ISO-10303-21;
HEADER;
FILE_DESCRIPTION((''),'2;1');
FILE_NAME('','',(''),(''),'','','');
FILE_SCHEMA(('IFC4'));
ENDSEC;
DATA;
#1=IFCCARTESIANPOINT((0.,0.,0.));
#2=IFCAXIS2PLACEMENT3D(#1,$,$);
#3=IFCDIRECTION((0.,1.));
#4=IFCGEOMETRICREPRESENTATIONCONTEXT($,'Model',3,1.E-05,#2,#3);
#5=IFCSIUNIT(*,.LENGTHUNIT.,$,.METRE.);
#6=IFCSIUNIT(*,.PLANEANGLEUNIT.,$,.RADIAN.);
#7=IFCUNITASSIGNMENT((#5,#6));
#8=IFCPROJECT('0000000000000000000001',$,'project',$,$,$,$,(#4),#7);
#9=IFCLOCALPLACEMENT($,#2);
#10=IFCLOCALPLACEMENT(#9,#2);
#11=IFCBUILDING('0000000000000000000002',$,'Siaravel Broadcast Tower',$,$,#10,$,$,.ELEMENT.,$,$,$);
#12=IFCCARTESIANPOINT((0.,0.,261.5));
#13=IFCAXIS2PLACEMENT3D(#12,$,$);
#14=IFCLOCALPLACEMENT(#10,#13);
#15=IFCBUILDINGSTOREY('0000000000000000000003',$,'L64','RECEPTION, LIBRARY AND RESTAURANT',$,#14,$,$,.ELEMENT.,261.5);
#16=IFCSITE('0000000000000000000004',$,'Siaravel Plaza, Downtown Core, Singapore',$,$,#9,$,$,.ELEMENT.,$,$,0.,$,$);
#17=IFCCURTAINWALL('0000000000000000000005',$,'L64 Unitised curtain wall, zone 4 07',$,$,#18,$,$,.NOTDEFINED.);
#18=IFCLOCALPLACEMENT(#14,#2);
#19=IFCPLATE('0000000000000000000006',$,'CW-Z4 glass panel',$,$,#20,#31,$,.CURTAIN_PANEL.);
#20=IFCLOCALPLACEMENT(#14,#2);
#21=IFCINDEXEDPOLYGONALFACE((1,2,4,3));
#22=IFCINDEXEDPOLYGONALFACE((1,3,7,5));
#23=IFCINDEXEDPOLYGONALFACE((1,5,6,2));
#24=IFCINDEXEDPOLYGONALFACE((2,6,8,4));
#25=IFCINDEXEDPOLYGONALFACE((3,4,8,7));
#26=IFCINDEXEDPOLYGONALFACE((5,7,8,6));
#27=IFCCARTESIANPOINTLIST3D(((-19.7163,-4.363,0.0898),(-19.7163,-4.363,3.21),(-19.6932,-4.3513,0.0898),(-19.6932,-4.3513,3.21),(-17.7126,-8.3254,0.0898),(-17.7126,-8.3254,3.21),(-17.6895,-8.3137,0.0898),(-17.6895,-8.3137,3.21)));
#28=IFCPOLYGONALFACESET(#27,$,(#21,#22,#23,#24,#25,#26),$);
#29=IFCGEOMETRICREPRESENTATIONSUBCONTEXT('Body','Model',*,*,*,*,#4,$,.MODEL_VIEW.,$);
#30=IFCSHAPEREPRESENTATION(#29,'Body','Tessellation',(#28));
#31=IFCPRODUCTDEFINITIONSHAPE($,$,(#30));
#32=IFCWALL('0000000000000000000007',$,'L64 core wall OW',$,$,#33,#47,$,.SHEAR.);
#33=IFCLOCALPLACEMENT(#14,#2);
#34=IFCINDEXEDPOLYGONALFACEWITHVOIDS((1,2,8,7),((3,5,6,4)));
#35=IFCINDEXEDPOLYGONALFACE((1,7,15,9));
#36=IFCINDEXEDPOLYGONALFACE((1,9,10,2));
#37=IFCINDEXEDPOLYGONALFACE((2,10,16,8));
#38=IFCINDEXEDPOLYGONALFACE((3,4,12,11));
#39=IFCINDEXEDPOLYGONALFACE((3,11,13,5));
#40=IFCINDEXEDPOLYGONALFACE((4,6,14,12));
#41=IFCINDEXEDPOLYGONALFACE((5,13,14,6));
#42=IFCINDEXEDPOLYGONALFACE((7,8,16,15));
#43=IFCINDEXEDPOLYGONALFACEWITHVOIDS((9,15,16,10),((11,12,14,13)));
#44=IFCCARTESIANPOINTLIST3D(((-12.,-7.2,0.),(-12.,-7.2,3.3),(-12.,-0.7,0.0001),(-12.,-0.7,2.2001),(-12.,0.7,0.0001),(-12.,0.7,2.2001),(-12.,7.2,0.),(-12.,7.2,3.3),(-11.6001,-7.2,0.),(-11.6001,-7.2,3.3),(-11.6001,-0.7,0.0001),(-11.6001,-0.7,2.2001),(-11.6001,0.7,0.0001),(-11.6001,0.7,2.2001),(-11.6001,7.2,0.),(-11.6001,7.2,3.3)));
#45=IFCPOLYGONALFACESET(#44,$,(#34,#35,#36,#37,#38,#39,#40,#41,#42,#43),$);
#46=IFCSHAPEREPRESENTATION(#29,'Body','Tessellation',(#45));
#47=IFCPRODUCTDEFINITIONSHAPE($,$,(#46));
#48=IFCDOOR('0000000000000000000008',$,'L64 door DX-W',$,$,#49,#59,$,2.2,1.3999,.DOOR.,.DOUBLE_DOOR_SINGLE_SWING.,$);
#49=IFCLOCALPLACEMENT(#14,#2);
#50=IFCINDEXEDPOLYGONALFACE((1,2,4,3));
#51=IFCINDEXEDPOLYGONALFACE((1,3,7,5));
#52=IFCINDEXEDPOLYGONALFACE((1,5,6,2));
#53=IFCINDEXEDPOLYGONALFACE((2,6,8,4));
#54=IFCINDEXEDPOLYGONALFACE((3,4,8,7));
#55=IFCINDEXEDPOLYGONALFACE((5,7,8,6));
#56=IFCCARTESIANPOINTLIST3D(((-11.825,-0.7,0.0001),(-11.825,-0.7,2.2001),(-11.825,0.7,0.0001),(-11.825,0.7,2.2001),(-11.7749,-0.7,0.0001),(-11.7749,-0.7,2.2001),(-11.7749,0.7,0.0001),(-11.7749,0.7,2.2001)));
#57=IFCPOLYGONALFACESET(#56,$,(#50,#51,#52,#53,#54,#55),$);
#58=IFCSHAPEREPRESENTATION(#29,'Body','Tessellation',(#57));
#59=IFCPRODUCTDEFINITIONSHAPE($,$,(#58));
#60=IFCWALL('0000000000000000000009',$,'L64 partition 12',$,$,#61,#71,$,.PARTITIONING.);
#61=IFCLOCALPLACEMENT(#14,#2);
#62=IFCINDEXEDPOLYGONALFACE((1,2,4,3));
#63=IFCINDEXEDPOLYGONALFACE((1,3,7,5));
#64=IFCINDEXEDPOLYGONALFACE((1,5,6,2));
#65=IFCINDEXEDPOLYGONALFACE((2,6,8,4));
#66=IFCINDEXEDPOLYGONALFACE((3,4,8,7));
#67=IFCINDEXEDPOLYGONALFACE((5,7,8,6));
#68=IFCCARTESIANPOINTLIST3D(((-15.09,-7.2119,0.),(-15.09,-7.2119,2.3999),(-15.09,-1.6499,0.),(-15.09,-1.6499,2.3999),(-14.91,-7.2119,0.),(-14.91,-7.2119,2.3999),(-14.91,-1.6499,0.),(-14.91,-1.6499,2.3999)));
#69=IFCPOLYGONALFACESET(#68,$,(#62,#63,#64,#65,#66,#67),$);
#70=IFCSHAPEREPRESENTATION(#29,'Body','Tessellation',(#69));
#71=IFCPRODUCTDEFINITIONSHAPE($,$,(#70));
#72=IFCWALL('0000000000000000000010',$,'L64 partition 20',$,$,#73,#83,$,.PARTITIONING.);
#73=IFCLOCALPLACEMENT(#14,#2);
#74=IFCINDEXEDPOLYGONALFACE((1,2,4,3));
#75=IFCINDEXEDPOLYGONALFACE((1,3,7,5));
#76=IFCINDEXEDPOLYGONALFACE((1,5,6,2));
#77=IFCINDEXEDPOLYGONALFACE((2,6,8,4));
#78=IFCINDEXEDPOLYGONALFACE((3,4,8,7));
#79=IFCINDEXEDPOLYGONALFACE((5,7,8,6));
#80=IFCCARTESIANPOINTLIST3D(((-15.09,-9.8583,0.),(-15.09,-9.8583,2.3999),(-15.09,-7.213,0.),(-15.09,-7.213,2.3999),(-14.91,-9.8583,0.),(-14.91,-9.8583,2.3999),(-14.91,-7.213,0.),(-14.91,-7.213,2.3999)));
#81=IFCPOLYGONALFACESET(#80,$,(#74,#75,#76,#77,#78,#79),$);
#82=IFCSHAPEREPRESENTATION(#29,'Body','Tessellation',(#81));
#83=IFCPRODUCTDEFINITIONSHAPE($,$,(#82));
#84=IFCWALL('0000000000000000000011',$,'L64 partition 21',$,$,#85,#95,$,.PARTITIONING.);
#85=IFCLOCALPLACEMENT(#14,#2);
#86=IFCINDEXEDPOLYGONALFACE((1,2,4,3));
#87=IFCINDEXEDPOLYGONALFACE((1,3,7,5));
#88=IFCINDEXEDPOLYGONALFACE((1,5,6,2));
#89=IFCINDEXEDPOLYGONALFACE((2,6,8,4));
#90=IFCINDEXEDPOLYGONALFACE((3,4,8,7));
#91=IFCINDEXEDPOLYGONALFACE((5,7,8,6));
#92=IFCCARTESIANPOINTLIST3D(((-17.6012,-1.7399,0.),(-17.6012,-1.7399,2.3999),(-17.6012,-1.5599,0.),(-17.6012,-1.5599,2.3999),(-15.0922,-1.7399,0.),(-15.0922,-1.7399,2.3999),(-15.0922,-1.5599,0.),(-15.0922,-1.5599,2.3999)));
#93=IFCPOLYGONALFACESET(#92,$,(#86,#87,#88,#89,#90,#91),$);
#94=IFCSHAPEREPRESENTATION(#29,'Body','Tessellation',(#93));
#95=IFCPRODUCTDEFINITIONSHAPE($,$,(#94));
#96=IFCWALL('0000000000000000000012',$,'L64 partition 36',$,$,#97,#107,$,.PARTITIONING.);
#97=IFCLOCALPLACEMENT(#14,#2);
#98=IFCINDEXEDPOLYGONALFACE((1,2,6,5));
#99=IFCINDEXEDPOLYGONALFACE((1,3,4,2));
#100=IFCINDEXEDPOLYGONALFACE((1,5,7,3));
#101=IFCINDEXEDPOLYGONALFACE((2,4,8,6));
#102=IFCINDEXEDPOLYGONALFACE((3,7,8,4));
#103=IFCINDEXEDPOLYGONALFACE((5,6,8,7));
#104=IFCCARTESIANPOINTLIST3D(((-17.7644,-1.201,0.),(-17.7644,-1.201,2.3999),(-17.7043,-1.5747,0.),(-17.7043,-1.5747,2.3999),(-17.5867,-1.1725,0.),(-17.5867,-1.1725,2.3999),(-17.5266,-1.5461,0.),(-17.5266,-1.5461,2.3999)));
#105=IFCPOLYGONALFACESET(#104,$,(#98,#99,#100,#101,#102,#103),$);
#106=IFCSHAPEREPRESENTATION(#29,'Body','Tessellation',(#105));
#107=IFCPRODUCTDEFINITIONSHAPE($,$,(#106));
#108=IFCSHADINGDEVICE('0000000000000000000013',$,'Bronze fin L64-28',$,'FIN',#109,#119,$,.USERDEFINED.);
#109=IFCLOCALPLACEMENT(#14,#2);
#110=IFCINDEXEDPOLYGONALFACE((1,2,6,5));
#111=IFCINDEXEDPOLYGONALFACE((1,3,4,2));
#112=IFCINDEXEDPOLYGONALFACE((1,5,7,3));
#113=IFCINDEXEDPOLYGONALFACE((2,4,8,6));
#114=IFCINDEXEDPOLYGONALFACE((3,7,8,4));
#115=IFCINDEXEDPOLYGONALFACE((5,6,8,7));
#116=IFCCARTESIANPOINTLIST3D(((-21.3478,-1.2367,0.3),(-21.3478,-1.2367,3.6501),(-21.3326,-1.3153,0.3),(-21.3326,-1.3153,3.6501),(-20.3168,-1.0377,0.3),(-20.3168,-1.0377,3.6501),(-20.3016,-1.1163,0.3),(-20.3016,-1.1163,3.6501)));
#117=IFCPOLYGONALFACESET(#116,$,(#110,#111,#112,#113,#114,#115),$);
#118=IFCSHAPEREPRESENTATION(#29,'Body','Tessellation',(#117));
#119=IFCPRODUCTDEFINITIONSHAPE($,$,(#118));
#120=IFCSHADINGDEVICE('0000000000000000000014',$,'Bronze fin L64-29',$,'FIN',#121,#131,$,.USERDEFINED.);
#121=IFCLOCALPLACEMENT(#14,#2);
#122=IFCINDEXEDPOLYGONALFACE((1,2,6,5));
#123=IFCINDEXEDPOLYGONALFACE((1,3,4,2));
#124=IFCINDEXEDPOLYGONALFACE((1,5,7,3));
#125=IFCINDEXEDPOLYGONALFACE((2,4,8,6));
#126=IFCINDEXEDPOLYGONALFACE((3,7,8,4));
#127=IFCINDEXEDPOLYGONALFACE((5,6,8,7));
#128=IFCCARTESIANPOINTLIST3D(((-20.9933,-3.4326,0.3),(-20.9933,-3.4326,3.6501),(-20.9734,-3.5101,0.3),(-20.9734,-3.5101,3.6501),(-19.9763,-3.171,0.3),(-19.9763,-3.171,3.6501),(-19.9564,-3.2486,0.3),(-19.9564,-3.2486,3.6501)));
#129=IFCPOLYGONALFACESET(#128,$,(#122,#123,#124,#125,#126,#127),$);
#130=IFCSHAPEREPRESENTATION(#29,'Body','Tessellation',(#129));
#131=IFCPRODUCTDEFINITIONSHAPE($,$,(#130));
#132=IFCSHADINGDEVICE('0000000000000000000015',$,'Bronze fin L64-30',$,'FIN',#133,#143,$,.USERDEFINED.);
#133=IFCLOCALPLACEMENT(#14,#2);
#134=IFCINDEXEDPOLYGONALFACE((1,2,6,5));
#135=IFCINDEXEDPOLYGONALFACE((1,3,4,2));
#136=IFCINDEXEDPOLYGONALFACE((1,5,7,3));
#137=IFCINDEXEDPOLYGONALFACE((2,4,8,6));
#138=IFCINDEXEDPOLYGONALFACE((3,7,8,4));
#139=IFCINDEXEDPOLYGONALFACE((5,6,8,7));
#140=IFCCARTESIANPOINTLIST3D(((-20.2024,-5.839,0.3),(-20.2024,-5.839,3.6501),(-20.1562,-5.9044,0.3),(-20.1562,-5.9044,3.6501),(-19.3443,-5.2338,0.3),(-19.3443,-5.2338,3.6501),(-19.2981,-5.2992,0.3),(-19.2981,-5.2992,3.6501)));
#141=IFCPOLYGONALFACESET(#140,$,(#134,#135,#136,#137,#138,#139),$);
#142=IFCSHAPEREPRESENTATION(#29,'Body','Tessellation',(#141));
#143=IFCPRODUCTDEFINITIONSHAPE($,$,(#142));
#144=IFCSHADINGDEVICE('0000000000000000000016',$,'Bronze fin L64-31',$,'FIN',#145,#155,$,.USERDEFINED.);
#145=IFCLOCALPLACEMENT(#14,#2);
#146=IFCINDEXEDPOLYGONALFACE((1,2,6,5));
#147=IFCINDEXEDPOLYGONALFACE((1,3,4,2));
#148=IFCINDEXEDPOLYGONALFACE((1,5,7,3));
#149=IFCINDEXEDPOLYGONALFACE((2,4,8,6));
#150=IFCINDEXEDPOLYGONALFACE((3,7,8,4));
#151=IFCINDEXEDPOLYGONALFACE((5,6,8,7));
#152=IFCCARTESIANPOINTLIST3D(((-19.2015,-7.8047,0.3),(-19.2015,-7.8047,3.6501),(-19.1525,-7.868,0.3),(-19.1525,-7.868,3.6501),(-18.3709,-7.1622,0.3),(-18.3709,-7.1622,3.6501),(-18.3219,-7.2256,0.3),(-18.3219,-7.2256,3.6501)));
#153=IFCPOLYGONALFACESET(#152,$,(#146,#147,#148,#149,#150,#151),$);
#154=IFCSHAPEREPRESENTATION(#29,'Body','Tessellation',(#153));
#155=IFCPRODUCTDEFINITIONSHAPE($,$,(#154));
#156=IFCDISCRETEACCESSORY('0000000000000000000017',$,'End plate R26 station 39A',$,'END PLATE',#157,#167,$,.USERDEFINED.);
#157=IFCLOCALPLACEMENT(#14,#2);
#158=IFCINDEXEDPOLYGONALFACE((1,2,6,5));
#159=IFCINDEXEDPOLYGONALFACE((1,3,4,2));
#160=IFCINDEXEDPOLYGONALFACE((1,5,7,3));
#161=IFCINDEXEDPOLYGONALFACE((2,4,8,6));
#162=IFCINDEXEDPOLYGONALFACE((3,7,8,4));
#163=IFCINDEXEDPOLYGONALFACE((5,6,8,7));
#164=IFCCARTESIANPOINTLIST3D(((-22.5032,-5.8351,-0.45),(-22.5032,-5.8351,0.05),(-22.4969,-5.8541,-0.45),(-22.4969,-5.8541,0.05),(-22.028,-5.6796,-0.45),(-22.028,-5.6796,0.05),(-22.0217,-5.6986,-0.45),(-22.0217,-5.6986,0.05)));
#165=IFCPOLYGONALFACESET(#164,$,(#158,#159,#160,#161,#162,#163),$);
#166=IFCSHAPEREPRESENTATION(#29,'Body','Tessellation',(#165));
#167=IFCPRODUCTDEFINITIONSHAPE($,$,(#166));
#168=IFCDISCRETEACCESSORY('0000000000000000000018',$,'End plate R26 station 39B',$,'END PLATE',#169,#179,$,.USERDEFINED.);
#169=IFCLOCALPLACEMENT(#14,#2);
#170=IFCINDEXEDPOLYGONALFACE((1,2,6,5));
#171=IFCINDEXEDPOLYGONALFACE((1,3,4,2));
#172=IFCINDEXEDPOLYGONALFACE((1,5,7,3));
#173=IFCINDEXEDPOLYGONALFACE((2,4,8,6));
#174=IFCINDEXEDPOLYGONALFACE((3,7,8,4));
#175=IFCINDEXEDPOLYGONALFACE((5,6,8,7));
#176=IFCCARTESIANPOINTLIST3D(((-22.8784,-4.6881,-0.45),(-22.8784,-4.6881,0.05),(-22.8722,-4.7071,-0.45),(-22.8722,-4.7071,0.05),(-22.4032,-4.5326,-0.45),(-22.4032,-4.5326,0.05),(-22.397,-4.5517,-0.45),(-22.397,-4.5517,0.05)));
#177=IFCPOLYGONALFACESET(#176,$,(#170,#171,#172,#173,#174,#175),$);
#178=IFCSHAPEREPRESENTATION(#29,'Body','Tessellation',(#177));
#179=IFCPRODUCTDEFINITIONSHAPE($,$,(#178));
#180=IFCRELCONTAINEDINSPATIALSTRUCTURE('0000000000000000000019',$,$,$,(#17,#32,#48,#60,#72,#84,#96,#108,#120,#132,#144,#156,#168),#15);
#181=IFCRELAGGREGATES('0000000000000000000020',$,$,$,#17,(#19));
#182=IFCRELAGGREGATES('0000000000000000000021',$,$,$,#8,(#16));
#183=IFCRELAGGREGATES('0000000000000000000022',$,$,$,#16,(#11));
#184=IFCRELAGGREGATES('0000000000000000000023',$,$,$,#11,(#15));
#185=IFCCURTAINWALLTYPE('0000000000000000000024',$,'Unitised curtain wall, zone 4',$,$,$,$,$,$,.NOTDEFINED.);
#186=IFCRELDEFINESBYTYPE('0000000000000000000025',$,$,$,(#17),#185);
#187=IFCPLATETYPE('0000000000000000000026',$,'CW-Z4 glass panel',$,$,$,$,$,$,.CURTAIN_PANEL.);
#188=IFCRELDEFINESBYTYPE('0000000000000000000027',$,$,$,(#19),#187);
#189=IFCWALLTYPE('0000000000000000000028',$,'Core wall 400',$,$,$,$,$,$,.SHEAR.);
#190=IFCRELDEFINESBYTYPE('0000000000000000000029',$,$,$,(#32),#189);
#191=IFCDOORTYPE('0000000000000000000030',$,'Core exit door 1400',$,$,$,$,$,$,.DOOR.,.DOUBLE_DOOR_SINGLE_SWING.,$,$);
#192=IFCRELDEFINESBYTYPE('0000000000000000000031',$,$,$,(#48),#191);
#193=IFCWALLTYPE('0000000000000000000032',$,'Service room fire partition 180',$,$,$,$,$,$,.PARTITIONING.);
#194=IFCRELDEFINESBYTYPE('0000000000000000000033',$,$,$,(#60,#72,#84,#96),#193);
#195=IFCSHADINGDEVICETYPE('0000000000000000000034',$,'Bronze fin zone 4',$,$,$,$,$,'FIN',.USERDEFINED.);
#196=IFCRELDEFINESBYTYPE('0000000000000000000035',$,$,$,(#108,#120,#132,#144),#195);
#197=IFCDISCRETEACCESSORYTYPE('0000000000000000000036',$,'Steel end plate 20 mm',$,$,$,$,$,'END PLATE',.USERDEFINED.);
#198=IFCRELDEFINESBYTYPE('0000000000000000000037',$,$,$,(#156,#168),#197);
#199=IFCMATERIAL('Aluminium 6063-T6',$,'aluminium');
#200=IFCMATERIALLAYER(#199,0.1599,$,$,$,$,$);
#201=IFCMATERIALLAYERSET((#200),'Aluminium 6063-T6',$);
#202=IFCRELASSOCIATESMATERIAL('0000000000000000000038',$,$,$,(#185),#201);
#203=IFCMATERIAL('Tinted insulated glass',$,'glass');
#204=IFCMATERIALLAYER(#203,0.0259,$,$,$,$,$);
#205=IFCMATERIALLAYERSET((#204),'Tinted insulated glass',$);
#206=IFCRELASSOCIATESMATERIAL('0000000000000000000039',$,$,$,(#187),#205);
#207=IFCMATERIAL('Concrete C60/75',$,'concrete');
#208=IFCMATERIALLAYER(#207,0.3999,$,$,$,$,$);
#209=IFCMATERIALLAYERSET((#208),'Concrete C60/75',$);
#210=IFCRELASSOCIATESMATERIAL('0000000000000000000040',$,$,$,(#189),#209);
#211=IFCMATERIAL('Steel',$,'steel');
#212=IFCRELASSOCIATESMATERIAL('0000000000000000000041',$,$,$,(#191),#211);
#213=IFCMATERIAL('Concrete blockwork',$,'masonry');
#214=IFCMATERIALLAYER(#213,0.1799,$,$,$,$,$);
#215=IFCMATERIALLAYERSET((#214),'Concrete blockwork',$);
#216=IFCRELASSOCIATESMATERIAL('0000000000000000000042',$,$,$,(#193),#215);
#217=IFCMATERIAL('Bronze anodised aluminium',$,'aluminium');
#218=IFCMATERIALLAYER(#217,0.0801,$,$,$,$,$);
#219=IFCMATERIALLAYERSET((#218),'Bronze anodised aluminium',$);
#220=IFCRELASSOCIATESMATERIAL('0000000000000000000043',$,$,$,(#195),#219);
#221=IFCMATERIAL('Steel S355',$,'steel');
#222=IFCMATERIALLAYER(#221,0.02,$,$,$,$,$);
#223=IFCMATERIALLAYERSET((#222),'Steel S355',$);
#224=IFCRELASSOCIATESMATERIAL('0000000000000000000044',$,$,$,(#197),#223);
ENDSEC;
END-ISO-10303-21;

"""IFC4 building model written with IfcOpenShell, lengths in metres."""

from ifc_helpers import new_model, si_unit, direction, frame, frame_2d, origin, origin_2d, place, context, subcontext, project, spatial, rectangle, extrude, material, layer, layer_set, type_object, element, fill, aggregate, save


model = new_model("IFC4")

# Units and contexts
model_context = context("Model", 3, precision=1e-05, world=origin(), true_north=direction((0.0, 1.0)))
body_context = subcontext(model_context, "Body", "Model", "MODEL_VIEW")
ifc_project = project(units=[si_unit("LENGTHUNIT", "METRE"), si_unit("PLANEANGLEUNIT", "RADIAN")], contexts=[model_context])

# Site, building, storey
site_placement = place(None, origin())
site = spatial("IfcSite", under=ifc_project, at=site_placement, Name="Siaravel Plaza, Downtown Core, Singapore", CompositionType="ELEMENT", RefElevation=0.0)
building_placement = place(site_placement, origin())
building = spatial("IfcBuilding", under=site, at=building_placement, Name="Siaravel Broadcast Tower", CompositionType="ELEMENT")
storey_placement = place(building_placement, frame((0.0, 0.0, 261.5)))
storey = spatial("IfcBuildingStorey", under=building, at=storey_placement, Name="L64", Description="RECEPTION, LIBRARY AND RESTAURANT", CompositionType="ELEMENT", Elevation=261.5)

# Shared definitions
ifc_material_1 = material(Name="Steel S355", Category="steel")

# Curtain wall
ifc_material_2 = material(Name="Aluminium 6063-T6", Category="aluminium")
ifc_layer_1 = layer(ifc_material_2, 0.1599)
ifc_layer_set_1 = layer_set([ifc_layer_1], Name="Aluminium 6063-T6")
curtain_wall_type = type_object("IfcCurtainWallType", Name="Unitised curtain wall, zone 4", PredefinedType="NOTDEFINED", material=ifc_layer_set_1)
curtain_wall_placement = place(storey_placement, origin())
curtain_wall = element("IfcCurtainWall", 1, at=curtain_wall_placement, inside=storey, type_object=curtain_wall_type, Name="L64 Unitised curtain wall, zone 4 07", PredefinedType="NOTDEFINED")

# Plate
ifc_material_3 = material(Name="Tinted insulated glass", Category="glass")
ifc_layer_2 = layer(ifc_material_3, 0.0259)
ifc_layer_set_2 = layer_set([ifc_layer_2], Name="Tinted insulated glass")
plate_type = type_object("IfcPlateType", Name="CW-Z4 glass panel", PredefinedType="CURTAIN_PANEL", material=ifc_layer_set_2)
plate_1_placement = place(storey_placement, frame((-18.7029, -6.3384, 0.0898), z_axis=(0.0, 0.0, 1.0), x_axis=(0.451259, -0.892393, 0.0)))
plate_1 = element("IfcPlate", 2, at=plate_1_placement, type_object=plate_type, Name="CW-Z4 glass panel", PredefinedType="CURTAIN_PANEL", context=body_context, shape_type="SweptSolid", body=[
    extrude(rectangle(XDim=4.4402, YDim=0.0259, at=origin_2d()), origin(), (0.0, 0.0, 1.0), 3.1201),
])
aggregate(curtain_wall, [plate_1])

# Wall, opening, door
ifc_material_4 = material(Name="Concrete C60/75", Category="concrete")
ifc_layer_3 = layer(ifc_material_4, 0.3999)
ifc_layer_set_3 = layer_set([ifc_layer_3], Name="Concrete C60/75")
wall_type_1 = type_object("IfcWallType", Name="Core wall 400", PredefinedType="SHEAR", material=ifc_layer_set_3)
wall_1_placement = place(storey_placement, frame((-11.8, -7.2, 0.0), z_axis=(0.0, 0.0, 1.0), x_axis=(0.0, 1.0, 0.0)))
wall_1 = element("IfcWall", 3, at=wall_1_placement, inside=storey, type_object=wall_type_1, Name="L64 core wall OW", PredefinedType="SHEAR", context=body_context, shape_type="SweptSolid", body=[
    extrude(rectangle(XDim=14.3999, YDim=0.3999, at=frame_2d((7.2, 0.0))), origin(), (0.0, 0.0, 1.0), 3.3),
])
opening_placement = place(wall_1_placement, frame((6.5, 0.0, 0.0)))
opening = element("IfcOpeningElement", 4, at=opening_placement, cuts=wall_1, PredefinedType="OPENING", context=body_context, shape_type="SweptSolid", body=[
    extrude(rectangle(XDim=1.3999, YDim=2.2, at=frame_2d((0.7, 1.1001))), frame((0.0, 0.21, 0.0), z_axis=(0.0, -1.0, 0.0), x_axis=(1.0, 0.0, 0.0)), (0.0, 0.0, 1.0), 0.4199),
])
ifc_material_5 = material(Name="Steel", Category="steel")
door_type = type_object("IfcDoorType", Name="Core exit door 1400", OperationType="DOUBLE_DOOR_SINGLE_SWING", PredefinedType="DOOR", material=ifc_material_5)
door_placement = place(opening_placement, origin())
door = element("IfcDoor", 5, at=door_placement, inside=storey, type_object=door_type, Name="L64 door DX-W", OperationType="DOUBLE_DOOR_SINGLE_SWING", OverallHeight=2.2, OverallWidth=1.3999, PredefinedType="DOOR", context=body_context, shape_type="SweptSolid", body=[
    extrude(rectangle(XDim=1.3999, YDim=2.2, at=frame_2d((0.7, 1.1001))), frame((0.0, 0.0249, 0.0), z_axis=(0.0, -1.0, 0.0), x_axis=(1.0, 0.0, 0.0)), (0.0, 0.0, 1.0), 0.05),
])
fill(opening, door)

# Walls
ifc_material_6 = material(Name="Concrete blockwork", Category="masonry")
ifc_layer_4 = layer(ifc_material_6, 0.1799)
ifc_layer_set_4 = layer_set([ifc_layer_4], Name="Concrete blockwork")
wall_type_2 = type_object("IfcWallType", Name="Service room fire partition 180", PredefinedType="PARTITIONING", material=ifc_layer_set_4)
wall_2_placement = place(storey_placement, frame((-15.0, -1.6499, 0.0), z_axis=(0.0, 0.0, 1.0), x_axis=(0.0, -1.0, 0.0)))
element("IfcWall", 6, at=wall_2_placement, inside=storey, type_object=wall_type_2, Name="L64 partition 12", PredefinedType="PARTITIONING", context=body_context, shape_type="SweptSolid", body=[
    extrude(rectangle(XDim=5.562, YDim=0.1799, at=frame_2d((2.781, 0.0))), origin(), (0.0, 0.0, 1.0), 2.3999),
])
wall_3_placement = place(storey_placement, frame((-15.0, -7.2129, 0.0), z_axis=(0.0, 0.0, 1.0), x_axis=(0.0, -1.0, 0.0)))
element("IfcWall", 7, at=wall_3_placement, inside=storey, type_object=wall_type_2, Name="L64 partition 20", PredefinedType="PARTITIONING", context=body_context, shape_type="SweptSolid", body=[
    extrude(rectangle(XDim=2.6453, YDim=0.1799, at=frame_2d((1.3228, 0.0))), origin(), (0.0, 0.0, 1.0), 2.3999),
])
wall_4_placement = place(storey_placement, frame((-17.6011, -1.6499, 0.0), z_axis=(0.0, 0.0, 1.0), x_axis=(1.0, 0.0, 0.0)))
element("IfcWall", 8, at=wall_4_placement, inside=storey, type_object=wall_type_2, Name="L64 partition 21", PredefinedType="PARTITIONING", context=body_context, shape_type="SweptSolid", body=[
    extrude(rectangle(XDim=2.509, YDim=0.1799, at=frame_2d((1.2544, 0.0))), origin(), (0.0, 0.0, 1.0), 2.3999),
])
wall_5_placement = place(storey_placement, frame((-17.6755, -1.1868, 0.0), z_axis=(0.0, 0.0, 1.0), x_axis=(0.158745, -0.98732, 0.0)))
element("IfcWall", 9, at=wall_5_placement, inside=storey, type_object=wall_type_2, Name="L64 partition 36", PredefinedType="PARTITIONING", context=body_context, shape_type="SweptSolid", body=[
    extrude(rectangle(XDim=0.3784, YDim=0.1799, at=frame_2d((0.1892, 0.0))), origin(), (0.0, 0.0, 1.0), 2.3999),
])

# Shading devices
ifc_material_7 = material(Name="Bronze anodised aluminium", Category="aluminium")
ifc_layer_5 = layer(ifc_material_7, 0.0801)
ifc_layer_set_5 = layer_set([ifc_layer_5], Name="Bronze anodised aluminium")
shading_device_type = type_object("IfcShadingDeviceType", Name="Bronze fin zone 4", ElementType="FIN", PredefinedType="USERDEFINED", material=ifc_layer_set_5)
for number, where, z_axis, x_axis, name in (
    (10, (-20.8247, -1.1765, 0.3), (0.0, 0.0, 1.0), (-0.98188, -0.189505, 0.0), "Bronze fin L64-28"),
    (11, (-20.4749, -3.3406, 0.3), (0.0, 0.0, 1.0), (-0.968487, -0.249063, 0.0), "Bronze fin L64-29"),
    (12, (-19.7502, -5.5691, 0.3), (0.0, 0.0, 1.0), (-0.817197, -0.576358, 0.0), "Bronze fin L64-30"),
    (13, (-18.7617, -7.5151, 0.3), (0.0, 0.0, 1.0), (-0.79098, -0.611842, 0.0), "Bronze fin L64-31"),
):
    element("IfcShadingDevice", number, at=place(storey_placement, frame(where, z_axis=z_axis, x_axis=x_axis)), inside=storey, type_object=shading_device_type, Name=name, ObjectType="FIN", PredefinedType="USERDEFINED", context=body_context, shape_type="SweptSolid", body=[
        extrude(rectangle(XDim=1.05, YDim=0.0801, at=origin_2d()), origin(), (0.0, 0.0, 1.0), 3.3501),
    ])

# Discrete accessories
ifc_layer_6 = layer(ifc_material_1, 0.02)
ifc_layer_set_6 = layer_set([ifc_layer_6], Name="Steel S355")
discrete_accessory_type = type_object("IfcDiscreteAccessoryType", Name="Steel end plate 20 mm", ElementType="END PLATE", PredefinedType="USERDEFINED", material=ifc_layer_set_6)
for number, where, z_axis, x_axis, name in (
    (14, (-22.2625, -5.7668, -0.45), (0.0, 0.0, 1.0), (0.310909, -0.95044, 0.0), "End plate R26 station 39A"),
    (15, (-22.6377, -4.6199, -0.45), (0.0, 0.0, 1.0), (0.310909, -0.95044, 0.0), "End plate R26 station 39B"),
):
    element("IfcDiscreteAccessory", number, at=place(storey_placement, frame(where, z_axis=z_axis, x_axis=x_axis)), inside=storey, type_object=discrete_accessory_type, Name=name, ObjectType="END PLATE", PredefinedType="USERDEFINED", context=body_context, shape_type="SweptSolid", body=[
        extrude(rectangle(XDim=0.02, YDim=0.5, at=origin_2d()), origin(), (0.0, 0.0, 1.0), 0.5),
    ])

save(model, "model.ifc")
